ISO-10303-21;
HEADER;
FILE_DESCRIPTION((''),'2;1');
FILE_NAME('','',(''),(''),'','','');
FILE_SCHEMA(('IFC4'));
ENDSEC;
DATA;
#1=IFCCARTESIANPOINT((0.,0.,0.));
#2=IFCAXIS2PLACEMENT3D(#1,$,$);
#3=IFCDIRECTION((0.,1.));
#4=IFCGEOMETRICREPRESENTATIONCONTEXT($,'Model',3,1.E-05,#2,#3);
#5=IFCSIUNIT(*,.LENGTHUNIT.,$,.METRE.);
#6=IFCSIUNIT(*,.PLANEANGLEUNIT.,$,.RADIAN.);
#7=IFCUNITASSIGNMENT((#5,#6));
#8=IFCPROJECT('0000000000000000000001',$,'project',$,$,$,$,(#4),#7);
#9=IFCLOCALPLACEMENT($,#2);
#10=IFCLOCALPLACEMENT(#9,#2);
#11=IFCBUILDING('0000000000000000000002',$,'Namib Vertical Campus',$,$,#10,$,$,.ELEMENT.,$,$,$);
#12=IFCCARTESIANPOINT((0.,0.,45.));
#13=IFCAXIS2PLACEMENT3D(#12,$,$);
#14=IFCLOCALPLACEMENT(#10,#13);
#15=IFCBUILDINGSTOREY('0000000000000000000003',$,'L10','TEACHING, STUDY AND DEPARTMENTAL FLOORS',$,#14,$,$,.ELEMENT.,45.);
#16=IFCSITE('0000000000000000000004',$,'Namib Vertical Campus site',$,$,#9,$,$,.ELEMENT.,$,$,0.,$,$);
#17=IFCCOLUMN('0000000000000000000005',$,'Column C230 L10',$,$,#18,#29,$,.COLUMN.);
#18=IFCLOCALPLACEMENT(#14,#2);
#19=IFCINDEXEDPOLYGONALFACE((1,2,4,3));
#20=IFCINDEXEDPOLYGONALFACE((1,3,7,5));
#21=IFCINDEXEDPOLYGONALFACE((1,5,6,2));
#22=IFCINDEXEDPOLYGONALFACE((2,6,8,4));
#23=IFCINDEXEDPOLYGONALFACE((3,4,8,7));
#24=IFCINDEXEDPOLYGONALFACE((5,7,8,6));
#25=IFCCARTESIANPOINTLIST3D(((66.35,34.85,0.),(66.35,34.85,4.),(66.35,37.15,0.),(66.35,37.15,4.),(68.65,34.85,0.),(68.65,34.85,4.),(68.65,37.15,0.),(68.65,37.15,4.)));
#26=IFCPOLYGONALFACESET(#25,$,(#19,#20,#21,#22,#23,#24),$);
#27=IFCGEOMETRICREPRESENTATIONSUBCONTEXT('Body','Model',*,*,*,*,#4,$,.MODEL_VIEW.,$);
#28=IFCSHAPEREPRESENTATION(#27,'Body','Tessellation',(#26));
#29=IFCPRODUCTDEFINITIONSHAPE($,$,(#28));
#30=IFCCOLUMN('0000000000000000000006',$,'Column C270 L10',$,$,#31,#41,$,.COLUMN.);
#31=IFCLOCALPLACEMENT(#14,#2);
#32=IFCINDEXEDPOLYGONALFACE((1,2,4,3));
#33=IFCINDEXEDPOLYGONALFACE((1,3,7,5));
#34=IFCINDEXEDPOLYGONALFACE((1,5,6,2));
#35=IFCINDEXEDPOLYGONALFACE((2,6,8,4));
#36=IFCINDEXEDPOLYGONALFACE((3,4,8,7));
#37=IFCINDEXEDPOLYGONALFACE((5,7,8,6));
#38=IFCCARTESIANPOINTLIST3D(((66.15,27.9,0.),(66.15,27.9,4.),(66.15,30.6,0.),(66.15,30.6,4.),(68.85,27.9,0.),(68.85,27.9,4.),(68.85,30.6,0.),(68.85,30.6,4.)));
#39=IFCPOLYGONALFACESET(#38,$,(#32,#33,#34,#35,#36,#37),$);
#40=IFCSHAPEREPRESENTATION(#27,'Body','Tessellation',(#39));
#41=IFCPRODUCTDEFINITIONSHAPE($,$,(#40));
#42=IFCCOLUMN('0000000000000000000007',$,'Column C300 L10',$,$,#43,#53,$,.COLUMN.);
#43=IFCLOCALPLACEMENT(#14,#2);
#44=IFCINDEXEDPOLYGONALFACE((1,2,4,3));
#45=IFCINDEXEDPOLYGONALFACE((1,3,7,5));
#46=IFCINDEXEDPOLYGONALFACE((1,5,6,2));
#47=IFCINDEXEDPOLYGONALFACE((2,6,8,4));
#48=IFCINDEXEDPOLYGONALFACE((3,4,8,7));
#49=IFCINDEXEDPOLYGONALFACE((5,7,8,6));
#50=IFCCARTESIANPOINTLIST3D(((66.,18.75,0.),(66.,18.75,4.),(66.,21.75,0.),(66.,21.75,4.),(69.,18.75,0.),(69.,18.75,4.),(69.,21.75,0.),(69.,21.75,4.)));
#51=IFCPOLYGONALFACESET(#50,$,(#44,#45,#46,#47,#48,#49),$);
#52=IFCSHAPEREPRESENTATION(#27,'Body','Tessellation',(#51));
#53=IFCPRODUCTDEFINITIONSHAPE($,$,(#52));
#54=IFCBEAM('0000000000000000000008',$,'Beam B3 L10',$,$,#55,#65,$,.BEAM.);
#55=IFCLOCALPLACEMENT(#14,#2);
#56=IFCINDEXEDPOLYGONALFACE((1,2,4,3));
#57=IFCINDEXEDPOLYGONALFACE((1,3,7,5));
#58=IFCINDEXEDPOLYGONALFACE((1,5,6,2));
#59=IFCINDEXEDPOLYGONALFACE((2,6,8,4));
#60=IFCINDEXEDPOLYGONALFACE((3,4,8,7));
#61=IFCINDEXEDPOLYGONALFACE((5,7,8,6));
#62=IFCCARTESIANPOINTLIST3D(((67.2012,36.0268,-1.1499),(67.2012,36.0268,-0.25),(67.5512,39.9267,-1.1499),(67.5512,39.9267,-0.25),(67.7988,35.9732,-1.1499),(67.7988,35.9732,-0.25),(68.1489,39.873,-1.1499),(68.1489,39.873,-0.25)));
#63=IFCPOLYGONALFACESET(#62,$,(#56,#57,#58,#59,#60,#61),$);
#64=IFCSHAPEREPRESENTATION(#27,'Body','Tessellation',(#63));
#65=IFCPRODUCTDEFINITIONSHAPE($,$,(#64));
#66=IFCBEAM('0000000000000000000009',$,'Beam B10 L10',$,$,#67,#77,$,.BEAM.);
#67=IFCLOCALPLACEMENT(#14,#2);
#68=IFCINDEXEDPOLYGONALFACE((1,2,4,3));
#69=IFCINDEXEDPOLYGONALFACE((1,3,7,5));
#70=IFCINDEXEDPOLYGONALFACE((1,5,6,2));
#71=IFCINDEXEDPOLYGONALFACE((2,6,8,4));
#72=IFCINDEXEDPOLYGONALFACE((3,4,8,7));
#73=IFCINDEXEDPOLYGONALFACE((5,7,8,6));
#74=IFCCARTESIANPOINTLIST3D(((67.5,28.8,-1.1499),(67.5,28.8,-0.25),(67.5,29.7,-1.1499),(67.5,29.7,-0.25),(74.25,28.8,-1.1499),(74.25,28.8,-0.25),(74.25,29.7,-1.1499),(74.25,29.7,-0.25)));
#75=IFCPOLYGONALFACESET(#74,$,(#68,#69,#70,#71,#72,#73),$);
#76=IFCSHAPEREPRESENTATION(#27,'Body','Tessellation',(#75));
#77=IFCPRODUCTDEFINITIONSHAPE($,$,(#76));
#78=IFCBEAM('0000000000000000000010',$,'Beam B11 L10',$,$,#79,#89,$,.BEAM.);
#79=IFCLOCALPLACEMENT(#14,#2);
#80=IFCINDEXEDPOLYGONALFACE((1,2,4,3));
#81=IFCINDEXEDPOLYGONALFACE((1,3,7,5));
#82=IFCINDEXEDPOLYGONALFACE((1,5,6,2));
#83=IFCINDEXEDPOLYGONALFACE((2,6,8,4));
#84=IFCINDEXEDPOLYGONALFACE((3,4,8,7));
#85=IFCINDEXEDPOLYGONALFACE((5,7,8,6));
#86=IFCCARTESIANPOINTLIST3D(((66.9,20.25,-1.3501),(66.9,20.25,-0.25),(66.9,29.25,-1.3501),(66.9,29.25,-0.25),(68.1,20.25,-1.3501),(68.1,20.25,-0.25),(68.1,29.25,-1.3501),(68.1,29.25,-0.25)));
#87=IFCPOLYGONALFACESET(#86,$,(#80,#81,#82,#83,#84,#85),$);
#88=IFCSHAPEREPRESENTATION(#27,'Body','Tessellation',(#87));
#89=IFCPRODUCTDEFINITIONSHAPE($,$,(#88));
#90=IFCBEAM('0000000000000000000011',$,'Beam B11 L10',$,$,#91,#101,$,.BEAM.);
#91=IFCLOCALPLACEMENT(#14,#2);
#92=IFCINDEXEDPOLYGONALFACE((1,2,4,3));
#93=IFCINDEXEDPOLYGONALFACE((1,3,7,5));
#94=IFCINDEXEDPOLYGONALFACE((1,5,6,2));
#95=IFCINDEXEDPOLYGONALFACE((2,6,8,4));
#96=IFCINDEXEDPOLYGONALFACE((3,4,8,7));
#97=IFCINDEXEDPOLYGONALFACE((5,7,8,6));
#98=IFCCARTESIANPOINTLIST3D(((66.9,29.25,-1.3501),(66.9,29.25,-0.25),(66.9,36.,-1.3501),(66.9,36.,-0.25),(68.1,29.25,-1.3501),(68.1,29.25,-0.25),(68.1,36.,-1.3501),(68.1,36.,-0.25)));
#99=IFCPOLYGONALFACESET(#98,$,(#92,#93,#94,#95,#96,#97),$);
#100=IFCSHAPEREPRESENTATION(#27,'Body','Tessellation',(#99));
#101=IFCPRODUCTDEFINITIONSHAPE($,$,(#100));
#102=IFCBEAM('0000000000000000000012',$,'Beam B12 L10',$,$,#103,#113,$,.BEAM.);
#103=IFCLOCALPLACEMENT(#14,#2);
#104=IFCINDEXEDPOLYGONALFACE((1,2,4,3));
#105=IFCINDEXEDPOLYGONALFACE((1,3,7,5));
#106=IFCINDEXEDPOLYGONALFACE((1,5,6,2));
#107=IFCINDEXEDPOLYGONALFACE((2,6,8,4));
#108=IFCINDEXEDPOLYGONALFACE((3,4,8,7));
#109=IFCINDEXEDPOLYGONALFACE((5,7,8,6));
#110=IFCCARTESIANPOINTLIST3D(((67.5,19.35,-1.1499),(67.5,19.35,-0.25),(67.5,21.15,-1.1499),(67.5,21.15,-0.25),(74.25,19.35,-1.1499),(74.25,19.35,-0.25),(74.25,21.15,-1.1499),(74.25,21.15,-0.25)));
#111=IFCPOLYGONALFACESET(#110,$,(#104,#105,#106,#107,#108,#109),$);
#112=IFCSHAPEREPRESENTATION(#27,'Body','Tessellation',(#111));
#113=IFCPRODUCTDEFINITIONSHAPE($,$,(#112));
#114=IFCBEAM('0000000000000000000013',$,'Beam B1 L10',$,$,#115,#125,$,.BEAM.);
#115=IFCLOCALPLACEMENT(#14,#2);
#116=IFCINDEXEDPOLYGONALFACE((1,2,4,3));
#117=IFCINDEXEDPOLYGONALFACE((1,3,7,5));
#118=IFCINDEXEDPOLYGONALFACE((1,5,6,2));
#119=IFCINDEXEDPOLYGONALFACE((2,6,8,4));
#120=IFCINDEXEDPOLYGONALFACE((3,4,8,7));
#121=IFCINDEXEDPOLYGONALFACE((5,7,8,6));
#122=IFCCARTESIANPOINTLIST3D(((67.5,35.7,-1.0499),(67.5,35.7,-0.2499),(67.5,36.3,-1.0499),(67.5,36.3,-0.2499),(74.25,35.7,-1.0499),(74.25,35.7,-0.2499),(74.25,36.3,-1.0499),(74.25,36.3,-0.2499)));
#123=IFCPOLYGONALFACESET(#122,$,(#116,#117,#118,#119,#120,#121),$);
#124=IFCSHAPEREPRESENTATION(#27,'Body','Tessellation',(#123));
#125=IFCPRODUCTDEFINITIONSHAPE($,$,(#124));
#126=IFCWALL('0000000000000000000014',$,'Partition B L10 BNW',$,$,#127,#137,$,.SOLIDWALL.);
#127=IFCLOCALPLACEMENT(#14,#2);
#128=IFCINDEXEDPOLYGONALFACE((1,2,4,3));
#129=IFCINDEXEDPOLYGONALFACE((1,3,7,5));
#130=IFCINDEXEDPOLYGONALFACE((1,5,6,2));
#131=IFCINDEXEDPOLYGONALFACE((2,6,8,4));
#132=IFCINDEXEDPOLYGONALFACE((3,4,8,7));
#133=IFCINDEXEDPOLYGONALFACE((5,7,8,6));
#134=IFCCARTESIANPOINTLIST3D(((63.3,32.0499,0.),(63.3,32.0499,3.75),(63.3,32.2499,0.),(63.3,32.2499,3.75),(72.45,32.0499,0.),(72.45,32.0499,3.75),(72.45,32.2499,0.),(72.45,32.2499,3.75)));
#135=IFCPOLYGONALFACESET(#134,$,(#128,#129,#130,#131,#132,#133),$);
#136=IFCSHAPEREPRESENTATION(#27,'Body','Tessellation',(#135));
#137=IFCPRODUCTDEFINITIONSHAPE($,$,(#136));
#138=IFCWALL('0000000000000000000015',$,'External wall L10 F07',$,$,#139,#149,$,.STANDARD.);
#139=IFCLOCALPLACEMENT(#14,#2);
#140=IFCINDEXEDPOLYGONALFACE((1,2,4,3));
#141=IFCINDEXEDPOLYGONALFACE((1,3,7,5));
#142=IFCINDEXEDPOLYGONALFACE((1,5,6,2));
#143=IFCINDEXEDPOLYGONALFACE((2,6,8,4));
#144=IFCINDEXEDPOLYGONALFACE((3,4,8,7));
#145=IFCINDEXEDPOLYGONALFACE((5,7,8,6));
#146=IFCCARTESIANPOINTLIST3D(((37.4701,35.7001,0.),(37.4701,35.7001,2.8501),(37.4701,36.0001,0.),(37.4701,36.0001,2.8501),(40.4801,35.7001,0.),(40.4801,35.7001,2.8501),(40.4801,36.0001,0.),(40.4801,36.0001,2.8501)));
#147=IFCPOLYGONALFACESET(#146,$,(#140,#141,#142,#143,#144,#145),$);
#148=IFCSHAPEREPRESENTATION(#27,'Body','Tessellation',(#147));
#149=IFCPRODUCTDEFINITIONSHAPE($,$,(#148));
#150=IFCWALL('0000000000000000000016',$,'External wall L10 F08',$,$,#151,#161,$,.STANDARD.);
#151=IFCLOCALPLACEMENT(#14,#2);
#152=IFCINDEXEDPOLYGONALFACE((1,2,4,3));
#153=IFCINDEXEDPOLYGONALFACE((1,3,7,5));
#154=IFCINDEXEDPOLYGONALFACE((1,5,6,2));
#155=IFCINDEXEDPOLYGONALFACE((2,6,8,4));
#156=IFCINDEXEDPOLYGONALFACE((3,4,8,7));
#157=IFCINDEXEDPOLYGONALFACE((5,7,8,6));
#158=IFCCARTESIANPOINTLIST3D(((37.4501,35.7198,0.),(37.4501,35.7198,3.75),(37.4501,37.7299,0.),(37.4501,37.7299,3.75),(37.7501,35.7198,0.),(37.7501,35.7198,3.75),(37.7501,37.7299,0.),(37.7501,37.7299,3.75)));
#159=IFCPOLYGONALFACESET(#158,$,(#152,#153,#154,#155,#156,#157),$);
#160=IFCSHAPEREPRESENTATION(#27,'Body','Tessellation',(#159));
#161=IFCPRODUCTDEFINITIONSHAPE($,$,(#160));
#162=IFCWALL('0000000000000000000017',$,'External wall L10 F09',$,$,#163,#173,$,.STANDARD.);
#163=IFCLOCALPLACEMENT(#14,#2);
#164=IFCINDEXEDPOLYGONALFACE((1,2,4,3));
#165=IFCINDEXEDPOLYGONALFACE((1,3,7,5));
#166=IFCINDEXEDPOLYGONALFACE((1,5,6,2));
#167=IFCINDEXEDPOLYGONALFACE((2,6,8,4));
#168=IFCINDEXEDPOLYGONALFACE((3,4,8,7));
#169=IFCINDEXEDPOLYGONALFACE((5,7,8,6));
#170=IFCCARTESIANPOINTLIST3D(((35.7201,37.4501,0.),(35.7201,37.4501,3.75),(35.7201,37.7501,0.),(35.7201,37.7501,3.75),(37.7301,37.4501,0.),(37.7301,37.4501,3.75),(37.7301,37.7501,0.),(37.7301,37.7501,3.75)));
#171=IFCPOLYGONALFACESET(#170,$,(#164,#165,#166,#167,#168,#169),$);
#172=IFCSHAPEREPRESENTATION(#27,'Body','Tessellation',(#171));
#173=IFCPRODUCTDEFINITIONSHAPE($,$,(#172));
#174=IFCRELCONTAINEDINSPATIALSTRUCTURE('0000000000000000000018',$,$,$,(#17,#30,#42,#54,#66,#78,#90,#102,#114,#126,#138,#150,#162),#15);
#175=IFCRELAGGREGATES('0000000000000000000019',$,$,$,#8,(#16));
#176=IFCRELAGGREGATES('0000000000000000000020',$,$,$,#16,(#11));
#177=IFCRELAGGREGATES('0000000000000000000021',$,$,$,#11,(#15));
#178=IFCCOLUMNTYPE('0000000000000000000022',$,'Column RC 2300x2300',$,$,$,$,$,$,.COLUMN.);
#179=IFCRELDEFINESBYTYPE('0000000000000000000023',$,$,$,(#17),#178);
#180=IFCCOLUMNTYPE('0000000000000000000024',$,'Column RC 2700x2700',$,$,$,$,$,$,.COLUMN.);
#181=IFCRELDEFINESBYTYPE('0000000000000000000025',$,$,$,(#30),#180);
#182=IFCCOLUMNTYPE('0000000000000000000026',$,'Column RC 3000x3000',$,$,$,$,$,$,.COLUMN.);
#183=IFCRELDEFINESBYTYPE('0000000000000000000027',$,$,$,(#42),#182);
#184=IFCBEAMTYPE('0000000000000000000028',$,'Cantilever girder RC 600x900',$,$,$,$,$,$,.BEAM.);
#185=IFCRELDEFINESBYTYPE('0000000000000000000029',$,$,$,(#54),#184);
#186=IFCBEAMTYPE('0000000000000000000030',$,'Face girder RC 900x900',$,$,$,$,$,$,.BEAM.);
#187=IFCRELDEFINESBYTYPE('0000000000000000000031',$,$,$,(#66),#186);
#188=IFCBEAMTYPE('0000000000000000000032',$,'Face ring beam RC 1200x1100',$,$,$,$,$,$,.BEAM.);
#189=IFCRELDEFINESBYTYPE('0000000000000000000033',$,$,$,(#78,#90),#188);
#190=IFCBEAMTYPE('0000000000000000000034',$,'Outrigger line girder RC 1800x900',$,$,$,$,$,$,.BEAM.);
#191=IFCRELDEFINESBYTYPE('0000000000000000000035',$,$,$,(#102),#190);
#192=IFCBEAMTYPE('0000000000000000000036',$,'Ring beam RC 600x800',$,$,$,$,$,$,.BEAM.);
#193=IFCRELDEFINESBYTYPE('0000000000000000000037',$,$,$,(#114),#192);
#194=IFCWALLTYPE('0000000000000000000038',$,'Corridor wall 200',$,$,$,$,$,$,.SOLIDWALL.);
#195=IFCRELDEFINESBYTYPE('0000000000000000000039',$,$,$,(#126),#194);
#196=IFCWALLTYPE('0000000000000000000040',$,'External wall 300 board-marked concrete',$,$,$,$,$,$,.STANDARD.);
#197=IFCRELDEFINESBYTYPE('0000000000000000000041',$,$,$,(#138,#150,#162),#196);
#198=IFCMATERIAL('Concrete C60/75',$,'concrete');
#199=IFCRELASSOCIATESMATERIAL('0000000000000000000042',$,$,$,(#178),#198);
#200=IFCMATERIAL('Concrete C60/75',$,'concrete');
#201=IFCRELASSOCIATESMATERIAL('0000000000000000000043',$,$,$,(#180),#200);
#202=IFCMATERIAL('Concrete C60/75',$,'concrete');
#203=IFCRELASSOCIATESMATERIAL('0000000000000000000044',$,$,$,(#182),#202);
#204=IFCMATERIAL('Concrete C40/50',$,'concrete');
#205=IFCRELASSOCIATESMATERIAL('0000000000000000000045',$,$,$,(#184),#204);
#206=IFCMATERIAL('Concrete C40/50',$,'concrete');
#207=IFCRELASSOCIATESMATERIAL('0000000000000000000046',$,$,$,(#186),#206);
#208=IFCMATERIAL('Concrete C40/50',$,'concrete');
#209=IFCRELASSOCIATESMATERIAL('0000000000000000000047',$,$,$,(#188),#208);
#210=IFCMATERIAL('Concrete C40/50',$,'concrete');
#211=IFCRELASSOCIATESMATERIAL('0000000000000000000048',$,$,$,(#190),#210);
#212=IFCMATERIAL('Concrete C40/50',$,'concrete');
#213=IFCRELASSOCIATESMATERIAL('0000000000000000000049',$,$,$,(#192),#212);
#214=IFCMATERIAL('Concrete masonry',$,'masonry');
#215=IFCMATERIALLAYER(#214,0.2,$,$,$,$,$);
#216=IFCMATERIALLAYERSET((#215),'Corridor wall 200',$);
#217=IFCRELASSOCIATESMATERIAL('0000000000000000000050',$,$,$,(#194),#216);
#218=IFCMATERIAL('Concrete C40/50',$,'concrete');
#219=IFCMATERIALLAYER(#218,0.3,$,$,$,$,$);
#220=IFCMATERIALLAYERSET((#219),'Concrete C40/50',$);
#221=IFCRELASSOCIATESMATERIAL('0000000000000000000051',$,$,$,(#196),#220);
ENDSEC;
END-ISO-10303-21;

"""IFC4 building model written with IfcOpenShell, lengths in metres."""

from ifc_helpers import new_model, si_unit, direction, frame, frame_2d, origin, origin_2d, place, context, subcontext, project, spatial, rectangle, extrude, material, layer, layer_set, material_profile, profile_set, type_object, element, save


model = new_model("IFC4")

# Units and contexts
model_context = context("Model", 3, precision=1e-05, world=origin(), true_north=direction((0.0, 1.0)))
body_context = subcontext(model_context, "Body", "Model", "MODEL_VIEW")
ifc_project = project(units=[si_unit("LENGTHUNIT", "METRE"), si_unit("PLANEANGLEUNIT", "RADIAN")], contexts=[model_context])

# Site, building, storey
site_placement = place(None, origin())
site = spatial("IfcSite", under=ifc_project, at=site_placement, Name="Namib Vertical Campus site", CompositionType="ELEMENT", RefElevation=0.0)
building_placement = place(site_placement, origin())
building = spatial("IfcBuilding", under=site, at=building_placement, Name="Namib Vertical Campus", CompositionType="ELEMENT")
storey_placement = place(building_placement, frame((0.0, 0.0, 45.0)))
storey = spatial("IfcBuildingStorey", under=building, at=storey_placement, Name="L10", Description="TEACHING, STUDY AND DEPARTMENTAL FLOORS", CompositionType="ELEMENT", Elevation=45.0)

# Columns
ifc_material_1 = material(Name="Concrete C60/75", Category="concrete")
ifc_material_profile_1 = material_profile(ifc_material_1, rectangle(XDim=2.3, YDim=2.3, at=origin_2d()))
ifc_profile_set_1 = profile_set([ifc_material_profile_1], Name="Concrete C60/75")
column_type_1 = type_object("IfcColumnType", Name="Column RC 2300x2300", PredefinedType="COLUMN", material=ifc_profile_set_1)
column_1_placement = place(storey_placement, frame((67.5, 36.0, 0.0), z_axis=(0.0, 0.0, 1.0), x_axis=(1.0, 0.0, 0.0)))
element("IfcColumn", 1, at=column_1_placement, inside=storey, type_object=column_type_1, Name="Column C230 L10", PredefinedType="COLUMN", context=body_context, shape_type="SweptSolid", body=[
    extrude(rectangle(XDim=2.3, YDim=2.3, at=origin_2d()), origin(), (0.0, 0.0, 1.0), 4.0),
])
ifc_material_2 = material(Name="Concrete C60/75", Category="concrete")
ifc_material_profile_2 = material_profile(ifc_material_2, rectangle(XDim=2.7, YDim=2.7, at=origin_2d()))
ifc_profile_set_2 = profile_set([ifc_material_profile_2], Name="Concrete C60/75")
column_type_2 = type_object("IfcColumnType", Name="Column RC 2700x2700", PredefinedType="COLUMN", material=ifc_profile_set_2)
column_2_placement = place(storey_placement, frame((67.5, 29.25, 0.0), z_axis=(0.0, 0.0, 1.0), x_axis=(1.0, 0.0, 0.0)))
element("IfcColumn", 2, at=column_2_placement, inside=storey, type_object=column_type_2, Name="Column C270 L10", PredefinedType="COLUMN", context=body_context, shape_type="SweptSolid", body=[
    extrude(rectangle(XDim=2.7, YDim=2.7, at=origin_2d()), origin(), (0.0, 0.0, 1.0), 4.0),
])
ifc_material_3 = material(Name="Concrete C60/75", Category="concrete")
ifc_material_profile_3 = material_profile(ifc_material_3, rectangle(XDim=3.0, YDim=3.0, at=origin_2d()))
ifc_profile_set_3 = profile_set([ifc_material_profile_3], Name="Concrete C60/75")
column_type_3 = type_object("IfcColumnType", Name="Column RC 3000x3000", PredefinedType="COLUMN", material=ifc_profile_set_3)
column_3_placement = place(storey_placement, frame((67.5, 20.25, 0.0), z_axis=(0.0, 0.0, 1.0), x_axis=(1.0, 0.0, 0.0)))
element("IfcColumn", 3, at=column_3_placement, inside=storey, type_object=column_type_3, Name="Column C300 L10", PredefinedType="COLUMN", context=body_context, shape_type="SweptSolid", body=[
    extrude(rectangle(XDim=3.0, YDim=3.0, at=origin_2d()), origin(), (0.0, 0.0, 1.0), 4.0),
])

# Beams
ifc_material_4 = material(Name="Concrete C40/50", Category="concrete")
ifc_material_profile_4 = material_profile(ifc_material_4, rectangle(XDim=0.6001, YDim=0.8999, at=origin_2d()))
ifc_profile_set_4 = profile_set([ifc_material_profile_4], Name="Concrete C40/50")
beam_type_1 = type_object("IfcBeamType", Name="Cantilever girder RC 600x900", PredefinedType="BEAM", material=ifc_profile_set_4)
beam_1_placement = place(storey_placement, frame((67.5, 36.0, -0.7), z_axis=(0.089411, 0.995995, 0.0), x_axis=(-0.995995, 0.089411, 0.0)))
element("IfcBeam", 4, at=beam_1_placement, inside=storey, type_object=beam_type_1, Name="Beam B3 L10", PredefinedType="BEAM", context=body_context, shape_type="SweptSolid", body=[
    extrude(rectangle(XDim=0.6001, YDim=0.8999, at=origin_2d()), origin(), (0.0, 0.0, 1.0), 3.9155),
])
ifc_material_5 = material(Name="Concrete C40/50", Category="concrete")
ifc_material_profile_5 = material_profile(ifc_material_5, rectangle(XDim=0.8999, YDim=0.8999, at=origin_2d()))
ifc_profile_set_5 = profile_set([ifc_material_profile_5], Name="Concrete C40/50")
beam_type_2 = type_object("IfcBeamType", Name="Face girder RC 900x900", PredefinedType="BEAM", material=ifc_profile_set_5)
beam_2_placement = place(storey_placement, frame((67.5, 29.25, -0.7), z_axis=(1.0, 0.0, 0.0), x_axis=(0.0, 1.0, 0.0)))
element("IfcBeam", 5, at=beam_2_placement, inside=storey, type_object=beam_type_2, Name="Beam B10 L10", PredefinedType="BEAM", context=body_context, shape_type="SweptSolid", body=[
    extrude(rectangle(XDim=0.8999, YDim=0.8999, at=origin_2d()), origin(), (0.0, 0.0, 1.0), 6.75),
])
ifc_material_6 = material(Name="Concrete C40/50", Category="concrete")
ifc_material_profile_6 = material_profile(ifc_material_6, rectangle(XDim=1.2, YDim=1.1001, at=origin_2d()))
ifc_profile_set_6 = profile_set([ifc_material_profile_6], Name="Concrete C40/50")
beam_type_3 = type_object("IfcBeamType", Name="Face ring beam RC 1200x1100", PredefinedType="BEAM", material=ifc_profile_set_6)
beam_3_placement = place(storey_placement, frame((67.5, 20.25, -0.8), z_axis=(0.0, 1.0, 0.0), x_axis=(-1.0, 0.0, 0.0)))
element("IfcBeam", 6, at=beam_3_placement, inside=storey, type_object=beam_type_3, Name="Beam B11 L10", PredefinedType="BEAM", context=body_context, shape_type="SweptSolid", body=[
    extrude(rectangle(XDim=1.2, YDim=1.1001, at=origin_2d()), origin(), (0.0, 0.0, 1.0), 9.0),
])
beam_4_placement = place(storey_placement, frame((67.5, 29.25, -0.8), z_axis=(0.0, 1.0, 0.0), x_axis=(-1.0, 0.0, 0.0)))
element("IfcBeam", 7, at=beam_4_placement, inside=storey, type_object=beam_type_3, Name="Beam B11 L10", PredefinedType="BEAM", context=body_context, shape_type="SweptSolid", body=[
    extrude(rectangle(XDim=1.2, YDim=1.1001, at=origin_2d()), origin(), (0.0, 0.0, 1.0), 6.75),
])
ifc_material_7 = material(Name="Concrete C40/50", Category="concrete")
ifc_material_profile_7 = material_profile(ifc_material_7, rectangle(XDim=1.8, YDim=0.8999, at=origin_2d()))
ifc_profile_set_7 = profile_set([ifc_material_profile_7], Name="Concrete C40/50")
beam_type_4 = type_object("IfcBeamType", Name="Outrigger line girder RC 1800x900", PredefinedType="BEAM", material=ifc_profile_set_7)
beam_5_placement = place(storey_placement, frame((67.5, 20.25, -0.7), z_axis=(1.0, 0.0, 0.0), x_axis=(0.0, 1.0, 0.0)))
element("IfcBeam", 8, at=beam_5_placement, inside=storey, type_object=beam_type_4, Name="Beam B12 L10", PredefinedType="BEAM", context=body_context, shape_type="SweptSolid", body=[
    extrude(rectangle(XDim=1.8, YDim=0.8999, at=origin_2d()), origin(), (0.0, 0.0, 1.0), 6.75),
])
ifc_material_8 = material(Name="Concrete C40/50", Category="concrete")
ifc_material_profile_8 = material_profile(ifc_material_8, rectangle(XDim=0.6001, YDim=0.8, at=origin_2d()))
ifc_profile_set_8 = profile_set([ifc_material_profile_8], Name="Concrete C40/50")
beam_type_5 = type_object("IfcBeamType", Name="Ring beam RC 600x800", PredefinedType="BEAM", material=ifc_profile_set_8)
beam_6_placement = place(storey_placement, frame((67.5, 36.0, -0.6499), z_axis=(1.0, 0.0, 0.0), x_axis=(0.0, 1.0, 0.0)))
element("IfcBeam", 9, at=beam_6_placement, inside=storey, type_object=beam_type_5, Name="Beam B1 L10", PredefinedType="BEAM", context=body_context, shape_type="SweptSolid", body=[
    extrude(rectangle(XDim=0.6001, YDim=0.8, at=origin_2d()), origin(), (0.0, 0.0, 1.0), 6.75),
])

# Walls
ifc_material_9 = material(Name="Concrete masonry", Category="masonry")
ifc_layer_1 = layer(ifc_material_9, 0.2)
ifc_layer_set_1 = layer_set([ifc_layer_1], Name="Corridor wall 200")
wall_type_1 = type_object("IfcWallType", Name="Corridor wall 200", PredefinedType="SOLIDWALL", material=ifc_layer_set_1)
wall_1_placement = place(storey_placement, frame((63.3, 32.1499, 0.0), z_axis=(0.0, 0.0, 1.0), x_axis=(1.0, 0.0, 0.0)))
element("IfcWall", 10, at=wall_1_placement, inside=storey, type_object=wall_type_1, Name="Partition B L10 BNW", PredefinedType="SOLIDWALL", context=body_context, shape_type="SweptSolid", body=[
    extrude(rectangle(XDim=9.1499, YDim=0.2, at=frame_2d((4.575, 0.0))), origin(), (0.0, 0.0, 1.0), 3.75),
])
ifc_material_10 = material(Name="Concrete C40/50", Category="concrete")
ifc_layer_2 = layer(ifc_material_10, 0.3)
ifc_layer_set_2 = layer_set([ifc_layer_2], Name="Concrete C40/50")
wall_type_2 = type_object("IfcWallType", Name="External wall 300 board-marked concrete", PredefinedType="STANDARD", material=ifc_layer_set_2)
wall_2_placement = place(storey_placement, frame((40.48, 35.8501, 0.0), z_axis=(0.0, 0.0, 1.0), x_axis=(-1.0, 0.0, 0.0)))
element("IfcWall", 11, at=wall_2_placement, inside=storey, type_object=wall_type_2, Name="External wall L10 F07", PredefinedType="STANDARD", context=body_context, shape_type="SweptSolid", body=[
    extrude(rectangle(XDim=3.01, YDim=0.3, at=frame_2d((1.5049, 0.0))), origin(), (0.0, 0.0, 1.0), 2.8501),
])
for number, where, z_axis, x_axis, name in (
    (12, (37.6001, 35.72, 0.0), (0.0, 0.0, 1.0), (0.0, 1.0, 0.0), "External wall L10 F08"),
    (13, (37.73, 37.6001, 0.0), (0.0, 0.0, 1.0), (-1.0, 0.0, 0.0), "External wall L10 F09"),
):
    element("IfcWall", number, at=place(storey_placement, frame(where, z_axis=z_axis, x_axis=x_axis)), inside=storey, type_object=wall_type_2, Name=name, PredefinedType="STANDARD", context=body_context, shape_type="SweptSolid", body=[
        extrude(rectangle(XDim=2.01, YDim=0.3, at=frame_2d((1.0049, 0.0))), origin(), (0.0, 0.0, 1.0), 3.75),
    ])

save(model, "model.ifc")
